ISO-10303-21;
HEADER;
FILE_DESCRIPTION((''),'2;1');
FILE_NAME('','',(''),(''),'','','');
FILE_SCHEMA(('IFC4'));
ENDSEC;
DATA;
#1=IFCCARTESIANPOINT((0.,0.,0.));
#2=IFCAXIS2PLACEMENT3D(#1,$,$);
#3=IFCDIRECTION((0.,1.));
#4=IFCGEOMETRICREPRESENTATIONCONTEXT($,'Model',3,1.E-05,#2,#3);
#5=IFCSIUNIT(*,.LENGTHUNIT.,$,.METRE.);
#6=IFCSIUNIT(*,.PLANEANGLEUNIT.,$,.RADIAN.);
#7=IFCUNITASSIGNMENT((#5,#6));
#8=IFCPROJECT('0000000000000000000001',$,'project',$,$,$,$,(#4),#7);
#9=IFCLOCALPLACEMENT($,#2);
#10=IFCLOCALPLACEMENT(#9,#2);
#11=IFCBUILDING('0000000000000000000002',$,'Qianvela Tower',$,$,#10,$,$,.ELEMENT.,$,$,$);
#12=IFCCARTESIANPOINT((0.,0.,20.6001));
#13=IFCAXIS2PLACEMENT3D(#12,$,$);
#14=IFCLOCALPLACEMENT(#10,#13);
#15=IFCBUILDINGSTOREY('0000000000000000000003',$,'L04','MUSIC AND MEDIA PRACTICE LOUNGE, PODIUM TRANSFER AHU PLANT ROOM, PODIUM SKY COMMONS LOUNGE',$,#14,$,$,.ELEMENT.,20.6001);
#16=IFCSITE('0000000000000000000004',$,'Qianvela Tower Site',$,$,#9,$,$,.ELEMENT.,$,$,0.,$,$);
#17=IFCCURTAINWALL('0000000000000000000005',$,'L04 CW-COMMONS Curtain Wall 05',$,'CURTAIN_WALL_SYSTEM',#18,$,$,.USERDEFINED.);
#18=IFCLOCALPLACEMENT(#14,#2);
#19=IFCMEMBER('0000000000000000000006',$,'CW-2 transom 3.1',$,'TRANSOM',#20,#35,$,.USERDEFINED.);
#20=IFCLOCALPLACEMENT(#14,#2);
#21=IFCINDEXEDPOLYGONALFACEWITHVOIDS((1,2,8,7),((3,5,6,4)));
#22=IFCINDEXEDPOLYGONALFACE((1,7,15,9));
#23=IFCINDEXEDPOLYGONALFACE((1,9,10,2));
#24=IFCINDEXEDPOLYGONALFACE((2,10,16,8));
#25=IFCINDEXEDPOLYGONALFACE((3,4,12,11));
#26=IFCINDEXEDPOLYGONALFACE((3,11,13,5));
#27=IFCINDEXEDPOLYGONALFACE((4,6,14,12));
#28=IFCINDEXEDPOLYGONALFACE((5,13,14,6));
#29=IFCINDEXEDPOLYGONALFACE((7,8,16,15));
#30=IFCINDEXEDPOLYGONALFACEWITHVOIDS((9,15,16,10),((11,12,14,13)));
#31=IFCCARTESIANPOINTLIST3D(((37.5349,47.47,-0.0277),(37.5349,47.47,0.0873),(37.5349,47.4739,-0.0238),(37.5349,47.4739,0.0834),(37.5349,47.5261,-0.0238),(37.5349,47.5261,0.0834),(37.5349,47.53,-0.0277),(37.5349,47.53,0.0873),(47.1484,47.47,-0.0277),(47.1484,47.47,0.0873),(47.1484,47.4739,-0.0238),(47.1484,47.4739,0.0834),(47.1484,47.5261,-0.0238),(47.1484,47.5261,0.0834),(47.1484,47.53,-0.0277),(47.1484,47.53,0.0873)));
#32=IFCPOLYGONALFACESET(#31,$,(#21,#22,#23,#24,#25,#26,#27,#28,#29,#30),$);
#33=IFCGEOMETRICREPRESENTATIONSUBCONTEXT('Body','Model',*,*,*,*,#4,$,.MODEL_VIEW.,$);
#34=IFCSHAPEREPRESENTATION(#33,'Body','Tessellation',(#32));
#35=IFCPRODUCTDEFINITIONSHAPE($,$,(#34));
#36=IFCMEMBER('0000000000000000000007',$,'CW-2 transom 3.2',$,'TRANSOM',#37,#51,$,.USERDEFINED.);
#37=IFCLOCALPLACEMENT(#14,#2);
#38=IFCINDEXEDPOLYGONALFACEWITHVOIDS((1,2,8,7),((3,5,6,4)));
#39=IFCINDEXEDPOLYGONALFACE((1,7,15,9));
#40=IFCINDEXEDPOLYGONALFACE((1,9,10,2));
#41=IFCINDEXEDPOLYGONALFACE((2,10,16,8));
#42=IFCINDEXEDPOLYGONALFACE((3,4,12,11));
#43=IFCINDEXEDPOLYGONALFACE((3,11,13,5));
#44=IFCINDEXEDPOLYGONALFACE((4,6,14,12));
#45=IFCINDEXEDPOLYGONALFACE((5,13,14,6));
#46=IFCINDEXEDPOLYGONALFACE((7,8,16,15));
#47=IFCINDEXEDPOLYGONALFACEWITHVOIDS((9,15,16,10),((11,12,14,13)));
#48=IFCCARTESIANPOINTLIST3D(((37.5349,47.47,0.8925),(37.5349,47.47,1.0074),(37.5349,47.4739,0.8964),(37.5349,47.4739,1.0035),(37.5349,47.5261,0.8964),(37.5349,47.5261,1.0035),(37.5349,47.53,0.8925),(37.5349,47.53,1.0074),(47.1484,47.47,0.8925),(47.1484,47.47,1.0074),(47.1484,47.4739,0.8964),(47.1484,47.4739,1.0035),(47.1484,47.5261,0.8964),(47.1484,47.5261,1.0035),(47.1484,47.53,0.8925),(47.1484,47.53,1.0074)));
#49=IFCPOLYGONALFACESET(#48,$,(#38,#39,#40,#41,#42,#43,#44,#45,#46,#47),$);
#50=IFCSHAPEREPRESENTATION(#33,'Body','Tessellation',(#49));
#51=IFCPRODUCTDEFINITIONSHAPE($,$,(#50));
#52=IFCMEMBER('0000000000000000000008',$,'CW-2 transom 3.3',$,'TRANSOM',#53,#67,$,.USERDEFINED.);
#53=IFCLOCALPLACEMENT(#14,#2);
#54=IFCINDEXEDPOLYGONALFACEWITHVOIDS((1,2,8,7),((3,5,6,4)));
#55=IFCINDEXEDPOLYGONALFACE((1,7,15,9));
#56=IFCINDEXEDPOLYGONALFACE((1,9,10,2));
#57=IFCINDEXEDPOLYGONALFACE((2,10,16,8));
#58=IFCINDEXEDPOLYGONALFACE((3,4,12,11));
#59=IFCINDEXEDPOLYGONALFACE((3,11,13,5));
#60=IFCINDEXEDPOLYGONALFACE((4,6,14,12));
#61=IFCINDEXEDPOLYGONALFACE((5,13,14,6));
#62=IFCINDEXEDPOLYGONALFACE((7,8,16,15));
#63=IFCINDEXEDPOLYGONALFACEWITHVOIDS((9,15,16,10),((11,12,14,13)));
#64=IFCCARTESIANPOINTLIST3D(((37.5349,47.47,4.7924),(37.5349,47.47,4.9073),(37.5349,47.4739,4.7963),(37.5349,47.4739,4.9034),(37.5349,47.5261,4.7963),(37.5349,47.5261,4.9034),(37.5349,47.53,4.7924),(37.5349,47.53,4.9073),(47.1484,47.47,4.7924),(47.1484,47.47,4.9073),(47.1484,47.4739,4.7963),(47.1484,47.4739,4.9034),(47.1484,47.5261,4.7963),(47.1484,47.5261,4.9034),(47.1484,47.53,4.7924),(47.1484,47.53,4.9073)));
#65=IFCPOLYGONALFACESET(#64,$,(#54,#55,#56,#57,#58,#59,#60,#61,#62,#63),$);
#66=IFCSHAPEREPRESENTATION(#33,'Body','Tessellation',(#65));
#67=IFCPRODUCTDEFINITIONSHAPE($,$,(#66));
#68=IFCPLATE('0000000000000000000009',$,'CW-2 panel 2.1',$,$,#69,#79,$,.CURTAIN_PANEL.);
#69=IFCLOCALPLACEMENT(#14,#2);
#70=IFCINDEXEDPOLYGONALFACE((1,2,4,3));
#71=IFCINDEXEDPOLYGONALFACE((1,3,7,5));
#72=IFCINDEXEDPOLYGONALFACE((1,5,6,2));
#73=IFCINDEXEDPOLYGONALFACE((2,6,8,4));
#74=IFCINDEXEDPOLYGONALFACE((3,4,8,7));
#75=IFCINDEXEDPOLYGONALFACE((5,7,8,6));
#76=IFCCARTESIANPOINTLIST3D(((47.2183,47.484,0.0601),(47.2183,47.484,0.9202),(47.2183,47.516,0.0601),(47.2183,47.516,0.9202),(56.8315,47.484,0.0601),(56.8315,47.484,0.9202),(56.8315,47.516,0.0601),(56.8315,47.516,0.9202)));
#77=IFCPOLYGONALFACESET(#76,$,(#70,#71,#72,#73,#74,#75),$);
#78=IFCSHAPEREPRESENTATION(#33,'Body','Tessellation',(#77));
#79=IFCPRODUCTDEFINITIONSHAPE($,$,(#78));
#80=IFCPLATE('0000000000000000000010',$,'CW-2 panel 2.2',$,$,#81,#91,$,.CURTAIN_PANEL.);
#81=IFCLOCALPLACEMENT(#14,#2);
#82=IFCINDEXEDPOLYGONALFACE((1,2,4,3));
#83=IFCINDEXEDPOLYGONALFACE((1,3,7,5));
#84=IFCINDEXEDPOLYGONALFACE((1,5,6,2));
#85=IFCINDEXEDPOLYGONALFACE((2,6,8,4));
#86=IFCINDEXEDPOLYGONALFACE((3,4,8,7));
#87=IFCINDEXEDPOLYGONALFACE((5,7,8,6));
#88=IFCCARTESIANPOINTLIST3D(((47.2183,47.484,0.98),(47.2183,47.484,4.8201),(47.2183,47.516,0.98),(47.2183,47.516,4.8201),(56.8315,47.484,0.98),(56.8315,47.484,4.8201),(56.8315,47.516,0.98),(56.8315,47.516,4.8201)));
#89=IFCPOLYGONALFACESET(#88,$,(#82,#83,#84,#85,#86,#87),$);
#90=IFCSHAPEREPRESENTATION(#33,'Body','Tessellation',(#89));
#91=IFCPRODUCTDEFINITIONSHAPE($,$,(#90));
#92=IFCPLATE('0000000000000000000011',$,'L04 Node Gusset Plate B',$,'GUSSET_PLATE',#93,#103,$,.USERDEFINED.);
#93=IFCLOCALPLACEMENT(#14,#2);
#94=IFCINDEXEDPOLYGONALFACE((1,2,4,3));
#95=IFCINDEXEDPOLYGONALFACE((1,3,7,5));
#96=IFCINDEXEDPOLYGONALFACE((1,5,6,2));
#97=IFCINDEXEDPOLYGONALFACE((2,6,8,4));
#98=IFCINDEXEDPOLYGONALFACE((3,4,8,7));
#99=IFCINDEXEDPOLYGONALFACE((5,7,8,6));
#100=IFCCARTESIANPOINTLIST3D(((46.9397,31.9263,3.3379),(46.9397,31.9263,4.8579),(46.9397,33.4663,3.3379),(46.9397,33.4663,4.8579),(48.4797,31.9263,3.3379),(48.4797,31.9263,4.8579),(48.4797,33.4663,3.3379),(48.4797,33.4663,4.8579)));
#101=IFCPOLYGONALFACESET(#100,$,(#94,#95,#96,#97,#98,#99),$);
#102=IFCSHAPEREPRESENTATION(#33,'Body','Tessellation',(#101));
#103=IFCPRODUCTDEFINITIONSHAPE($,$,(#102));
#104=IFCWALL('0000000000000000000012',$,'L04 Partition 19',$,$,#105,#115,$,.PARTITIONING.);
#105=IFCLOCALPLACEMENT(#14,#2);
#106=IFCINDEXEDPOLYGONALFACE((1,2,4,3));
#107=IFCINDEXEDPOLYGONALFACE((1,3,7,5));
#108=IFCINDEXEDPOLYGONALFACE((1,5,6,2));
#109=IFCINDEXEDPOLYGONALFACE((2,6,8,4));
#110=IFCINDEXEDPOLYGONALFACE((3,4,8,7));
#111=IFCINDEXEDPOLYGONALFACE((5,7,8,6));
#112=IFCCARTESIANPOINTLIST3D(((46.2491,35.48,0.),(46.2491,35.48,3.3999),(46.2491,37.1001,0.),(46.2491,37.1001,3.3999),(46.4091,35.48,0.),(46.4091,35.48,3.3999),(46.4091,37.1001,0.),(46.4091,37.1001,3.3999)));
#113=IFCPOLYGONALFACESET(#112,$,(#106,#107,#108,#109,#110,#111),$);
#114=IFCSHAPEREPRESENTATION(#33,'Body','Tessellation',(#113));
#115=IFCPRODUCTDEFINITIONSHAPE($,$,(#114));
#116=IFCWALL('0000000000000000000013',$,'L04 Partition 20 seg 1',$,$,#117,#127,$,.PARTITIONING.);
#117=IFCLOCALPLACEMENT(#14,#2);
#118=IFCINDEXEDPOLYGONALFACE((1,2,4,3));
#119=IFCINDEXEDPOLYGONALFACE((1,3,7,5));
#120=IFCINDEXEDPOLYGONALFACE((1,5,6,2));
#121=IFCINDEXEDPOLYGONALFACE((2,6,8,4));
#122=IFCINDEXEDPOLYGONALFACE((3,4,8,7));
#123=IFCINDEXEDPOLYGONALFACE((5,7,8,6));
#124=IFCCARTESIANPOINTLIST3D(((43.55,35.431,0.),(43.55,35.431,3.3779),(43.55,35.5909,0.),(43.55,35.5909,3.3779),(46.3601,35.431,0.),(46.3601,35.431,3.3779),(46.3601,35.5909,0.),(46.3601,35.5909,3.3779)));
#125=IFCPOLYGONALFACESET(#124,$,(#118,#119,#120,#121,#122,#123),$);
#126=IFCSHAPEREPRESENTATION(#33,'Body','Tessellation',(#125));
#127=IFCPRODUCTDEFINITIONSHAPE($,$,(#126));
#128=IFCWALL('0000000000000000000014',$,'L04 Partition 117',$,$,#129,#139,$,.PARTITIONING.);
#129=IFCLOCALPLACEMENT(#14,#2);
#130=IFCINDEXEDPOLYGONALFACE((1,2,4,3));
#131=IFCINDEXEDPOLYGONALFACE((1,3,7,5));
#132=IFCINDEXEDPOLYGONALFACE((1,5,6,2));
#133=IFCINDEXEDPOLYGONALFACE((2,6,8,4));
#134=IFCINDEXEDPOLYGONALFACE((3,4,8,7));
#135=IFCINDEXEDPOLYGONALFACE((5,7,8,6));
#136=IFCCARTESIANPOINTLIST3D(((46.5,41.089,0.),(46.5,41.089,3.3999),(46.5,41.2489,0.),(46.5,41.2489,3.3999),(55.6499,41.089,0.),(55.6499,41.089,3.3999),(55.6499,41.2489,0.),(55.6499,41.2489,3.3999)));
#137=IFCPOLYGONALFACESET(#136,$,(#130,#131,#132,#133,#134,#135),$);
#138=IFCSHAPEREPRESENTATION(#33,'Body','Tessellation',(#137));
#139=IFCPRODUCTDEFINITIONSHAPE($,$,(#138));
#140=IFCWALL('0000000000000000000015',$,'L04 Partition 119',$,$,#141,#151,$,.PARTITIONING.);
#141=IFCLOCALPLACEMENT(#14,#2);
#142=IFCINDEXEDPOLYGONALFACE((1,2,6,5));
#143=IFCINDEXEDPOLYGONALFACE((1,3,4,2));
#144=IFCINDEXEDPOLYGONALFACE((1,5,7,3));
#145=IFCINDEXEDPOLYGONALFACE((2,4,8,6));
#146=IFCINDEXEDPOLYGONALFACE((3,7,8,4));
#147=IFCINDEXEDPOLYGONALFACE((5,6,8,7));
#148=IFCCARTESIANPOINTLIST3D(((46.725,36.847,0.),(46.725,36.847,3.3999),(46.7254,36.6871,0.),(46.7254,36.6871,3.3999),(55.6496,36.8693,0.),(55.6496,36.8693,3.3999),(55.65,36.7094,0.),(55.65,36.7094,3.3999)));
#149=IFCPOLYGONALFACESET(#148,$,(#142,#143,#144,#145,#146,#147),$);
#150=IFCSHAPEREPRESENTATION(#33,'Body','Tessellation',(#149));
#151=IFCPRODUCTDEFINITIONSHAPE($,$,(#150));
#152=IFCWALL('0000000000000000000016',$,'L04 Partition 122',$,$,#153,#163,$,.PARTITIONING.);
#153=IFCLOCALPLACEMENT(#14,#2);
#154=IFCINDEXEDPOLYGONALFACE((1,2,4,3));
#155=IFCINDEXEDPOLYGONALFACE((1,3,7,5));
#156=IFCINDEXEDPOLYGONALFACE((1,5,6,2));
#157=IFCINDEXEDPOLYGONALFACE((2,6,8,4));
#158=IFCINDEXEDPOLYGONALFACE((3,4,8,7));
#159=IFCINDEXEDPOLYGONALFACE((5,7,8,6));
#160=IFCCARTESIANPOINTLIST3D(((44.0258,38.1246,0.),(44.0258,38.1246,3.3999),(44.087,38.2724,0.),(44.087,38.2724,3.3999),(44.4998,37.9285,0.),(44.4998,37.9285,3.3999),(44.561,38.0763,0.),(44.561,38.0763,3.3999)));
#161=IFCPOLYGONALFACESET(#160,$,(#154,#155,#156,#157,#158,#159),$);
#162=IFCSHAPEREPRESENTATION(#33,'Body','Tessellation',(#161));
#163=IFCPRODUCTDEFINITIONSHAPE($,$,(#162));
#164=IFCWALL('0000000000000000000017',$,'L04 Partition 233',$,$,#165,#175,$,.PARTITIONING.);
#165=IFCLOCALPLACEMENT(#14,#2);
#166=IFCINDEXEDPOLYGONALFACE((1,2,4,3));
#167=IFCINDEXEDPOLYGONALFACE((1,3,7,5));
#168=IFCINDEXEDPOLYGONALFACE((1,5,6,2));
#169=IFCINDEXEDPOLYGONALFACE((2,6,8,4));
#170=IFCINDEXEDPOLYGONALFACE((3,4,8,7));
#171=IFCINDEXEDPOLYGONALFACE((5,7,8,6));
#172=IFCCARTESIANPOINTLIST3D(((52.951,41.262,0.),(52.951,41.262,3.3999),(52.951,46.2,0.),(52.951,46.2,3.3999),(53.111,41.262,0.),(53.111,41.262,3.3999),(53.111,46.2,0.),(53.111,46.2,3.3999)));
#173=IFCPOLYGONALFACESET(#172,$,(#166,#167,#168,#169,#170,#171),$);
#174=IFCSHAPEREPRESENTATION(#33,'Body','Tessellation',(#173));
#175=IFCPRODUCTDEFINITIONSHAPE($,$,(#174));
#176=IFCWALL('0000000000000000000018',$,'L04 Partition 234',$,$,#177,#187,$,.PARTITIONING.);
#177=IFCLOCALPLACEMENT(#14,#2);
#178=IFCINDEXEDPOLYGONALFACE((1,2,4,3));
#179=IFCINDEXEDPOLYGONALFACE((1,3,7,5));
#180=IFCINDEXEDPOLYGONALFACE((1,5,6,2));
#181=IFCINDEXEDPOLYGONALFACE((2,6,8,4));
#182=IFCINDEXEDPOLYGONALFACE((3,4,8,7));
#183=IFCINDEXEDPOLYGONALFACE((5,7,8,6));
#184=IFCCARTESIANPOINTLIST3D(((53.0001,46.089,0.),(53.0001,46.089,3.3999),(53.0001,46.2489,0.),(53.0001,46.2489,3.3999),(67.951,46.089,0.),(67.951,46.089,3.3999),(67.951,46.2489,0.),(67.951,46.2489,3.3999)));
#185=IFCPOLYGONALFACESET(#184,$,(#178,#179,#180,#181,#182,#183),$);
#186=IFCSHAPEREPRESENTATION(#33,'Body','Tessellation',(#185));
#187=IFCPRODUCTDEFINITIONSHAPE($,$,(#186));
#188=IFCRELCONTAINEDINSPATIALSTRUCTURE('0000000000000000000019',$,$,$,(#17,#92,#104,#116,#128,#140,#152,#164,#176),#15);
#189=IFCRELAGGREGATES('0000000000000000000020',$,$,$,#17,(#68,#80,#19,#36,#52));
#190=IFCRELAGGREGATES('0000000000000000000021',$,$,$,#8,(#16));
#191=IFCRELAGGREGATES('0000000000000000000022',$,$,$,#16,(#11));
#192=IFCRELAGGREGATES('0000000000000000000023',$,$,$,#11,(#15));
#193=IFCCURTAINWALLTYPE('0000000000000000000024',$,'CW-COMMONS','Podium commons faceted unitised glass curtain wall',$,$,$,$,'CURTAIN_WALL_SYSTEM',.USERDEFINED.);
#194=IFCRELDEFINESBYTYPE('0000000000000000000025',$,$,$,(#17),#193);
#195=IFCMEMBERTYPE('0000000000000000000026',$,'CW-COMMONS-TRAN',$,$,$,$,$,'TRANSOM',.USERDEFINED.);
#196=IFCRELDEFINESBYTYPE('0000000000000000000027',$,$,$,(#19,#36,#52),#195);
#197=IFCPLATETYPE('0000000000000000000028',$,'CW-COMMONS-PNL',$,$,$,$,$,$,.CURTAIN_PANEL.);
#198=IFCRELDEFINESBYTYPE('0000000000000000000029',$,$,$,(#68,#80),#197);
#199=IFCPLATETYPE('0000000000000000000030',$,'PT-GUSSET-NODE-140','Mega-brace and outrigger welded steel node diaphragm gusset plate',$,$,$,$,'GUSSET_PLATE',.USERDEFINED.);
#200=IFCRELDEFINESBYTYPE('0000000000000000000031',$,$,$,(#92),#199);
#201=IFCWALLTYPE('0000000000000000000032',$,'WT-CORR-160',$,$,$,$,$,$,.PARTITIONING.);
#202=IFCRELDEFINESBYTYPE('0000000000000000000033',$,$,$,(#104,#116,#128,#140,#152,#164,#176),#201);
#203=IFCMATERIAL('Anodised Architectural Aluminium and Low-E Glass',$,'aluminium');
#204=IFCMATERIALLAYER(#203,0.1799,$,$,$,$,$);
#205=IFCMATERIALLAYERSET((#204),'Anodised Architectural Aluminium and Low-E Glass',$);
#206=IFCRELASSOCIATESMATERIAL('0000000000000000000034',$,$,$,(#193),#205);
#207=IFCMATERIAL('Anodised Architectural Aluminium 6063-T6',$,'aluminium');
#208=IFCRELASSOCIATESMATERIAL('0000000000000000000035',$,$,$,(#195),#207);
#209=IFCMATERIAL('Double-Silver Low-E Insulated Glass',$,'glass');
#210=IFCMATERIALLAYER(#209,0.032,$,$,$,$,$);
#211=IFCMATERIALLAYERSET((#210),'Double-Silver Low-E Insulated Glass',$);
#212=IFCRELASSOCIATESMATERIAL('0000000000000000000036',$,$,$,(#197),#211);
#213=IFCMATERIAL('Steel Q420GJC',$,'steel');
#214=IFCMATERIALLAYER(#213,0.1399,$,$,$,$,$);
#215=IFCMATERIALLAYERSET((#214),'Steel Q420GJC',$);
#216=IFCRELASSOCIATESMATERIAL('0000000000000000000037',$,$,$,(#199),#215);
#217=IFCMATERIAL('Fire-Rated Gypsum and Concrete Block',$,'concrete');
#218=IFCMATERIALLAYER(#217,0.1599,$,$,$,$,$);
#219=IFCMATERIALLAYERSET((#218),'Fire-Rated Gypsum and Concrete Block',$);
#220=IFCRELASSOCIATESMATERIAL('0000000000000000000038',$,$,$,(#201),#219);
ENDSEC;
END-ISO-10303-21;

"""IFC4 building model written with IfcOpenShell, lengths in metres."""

from ifc_helpers import new_model, si_unit, direction, frame, frame_2d, origin, origin_2d, place, context, subcontext, project, spatial, rectangle, hollow_rectangle, extrude, material, layer, layer_set, material_profile, profile_set, type_object, element, aggregate, save


model = new_model("IFC4")

# Units and contexts
model_context = context("Model", 3, precision=1e-05, world=origin(), true_north=direction((0.0, 1.0)))
body_context = subcontext(model_context, "Body", "Model", "MODEL_VIEW")
ifc_project = project(units=[si_unit("LENGTHUNIT", "METRE"), si_unit("PLANEANGLEUNIT", "RADIAN")], contexts=[model_context])

# Site, building, storey
site_placement = place(None, origin())
site = spatial("IfcSite", under=ifc_project, at=site_placement, Name="Qianvela Tower Site", CompositionType="ELEMENT", RefElevation=0.0)
building_placement = place(site_placement, origin())
building = spatial("IfcBuilding", under=site, at=building_placement, Name="Qianvela Tower", CompositionType="ELEMENT")
storey_placement = place(building_placement, frame((0.0, 0.0, 20.6001)))
storey = spatial("IfcBuildingStorey", under=building, at=storey_placement, Name="L04", Description="MUSIC AND MEDIA PRACTICE LOUNGE, PODIUM TRANSFER AHU PLANT ROOM, PODIUM SKY COMMONS LOUNGE", CompositionType="ELEMENT", Elevation=20.6001)

# Curtain wall, members, plates
ifc_material_1 = material(Name="Anodised Architectural Aluminium and Low-E Glass", Category="aluminium")
ifc_layer_1 = layer(ifc_material_1, 0.1799)
ifc_layer_set_1 = layer_set([ifc_layer_1], Name="Anodised Architectural Aluminium and Low-E Glass")
curtain_wall_type = type_object("IfcCurtainWallType", Name="CW-COMMONS", Description="Podium commons faceted unitised glass curtain wall", ElementType="CURTAIN_WALL_SYSTEM", PredefinedType="USERDEFINED", material=ifc_layer_set_1)
curtain_wall_placement = place(storey_placement, origin())
curtain_wall = element("IfcCurtainWall", 1, at=curtain_wall_placement, inside=storey, type_object=curtain_wall_type, Name="L04 CW-COMMONS Curtain Wall 05", ObjectType="CURTAIN_WALL_SYSTEM", PredefinedType="USERDEFINED")
ifc_material_2 = material(Name="Anodised Architectural Aluminium 6063-T6", Category="aluminium")
ifc_material_profile_1 = material_profile(ifc_material_2, hollow_rectangle(XDim=0.0601, YDim=0.115, WallThickness=0.0039, at=origin_2d()), Name="ALU-TRAN-60x115")
ifc_profile_set_1 = profile_set([ifc_material_profile_1], Name="Anodised Architectural Aluminium 6063-T6")
member_type_1 = type_object("IfcMemberType", Name="CW-COMMONS-TRAN", ElementType="TRANSOM", PredefinedType="USERDEFINED", material=ifc_profile_set_1)
member_1_placement = place(storey_placement, frame((47.1484, 47.5, 0.0298), z_axis=(-1.0, 0.0, 0.0), x_axis=(0.0, -1.0, 0.0)))
member_1 = element("IfcMember", 2, at=member_1_placement, type_object=member_type_1, Name="CW-2 transom 3.1", ObjectType="TRANSOM", PredefinedType="USERDEFINED", context=body_context, shape_type="SweptSolid", body=[
    extrude(hollow_rectangle(XDim=0.0601, YDim=0.115, WallThickness=0.0039, at=origin_2d()), origin(), (0.0, 0.0, 1.0), 9.6135),
])
member_2_placement = place(storey_placement, frame((47.1484, 47.5, 0.95), z_axis=(-1.0, 0.0, 0.0), x_axis=(0.0, -1.0, 0.0)))
member_2 = element("IfcMember", 3, at=member_2_placement, type_object=member_type_1, Name="CW-2 transom 3.2", ObjectType="TRANSOM", PredefinedType="USERDEFINED", context=body_context, shape_type="SweptSolid", body=[
    extrude(hollow_rectangle(XDim=0.0601, YDim=0.115, WallThickness=0.0039, at=origin_2d()), origin(), (0.0, 0.0, 1.0), 9.6135),
])
member_3_placement = place(storey_placement, frame((47.1484, 47.5, 4.8499), z_axis=(-1.0, 0.0, 0.0), x_axis=(0.0, -1.0, 0.0)))
member_3 = element("IfcMember", 4, at=member_3_placement, type_object=member_type_1, Name="CW-2 transom 3.3", ObjectType="TRANSOM", PredefinedType="USERDEFINED", context=body_context, shape_type="SweptSolid", body=[
    extrude(hollow_rectangle(XDim=0.0601, YDim=0.115, WallThickness=0.0039, at=origin_2d()), origin(), (0.0, 0.0, 1.0), 9.6135),
])
ifc_material_3 = material(Name="Double-Silver Low-E Insulated Glass", Category="glass")
ifc_layer_2 = layer(ifc_material_3, 0.032)
ifc_layer_set_2 = layer_set([ifc_layer_2], Name="Double-Silver Low-E Insulated Glass")
plate_type_1 = type_object("IfcPlateType", Name="CW-COMMONS-PNL", PredefinedType="CURTAIN_PANEL", material=ifc_layer_set_2)
plate_1_placement = place(storey_placement, frame((52.0249, 47.5, 0.0601), z_axis=(0.0, 0.0, 1.0), x_axis=(-1.0, 0.0, 0.0)))
plate_1 = element("IfcPlate", 5, at=plate_1_placement, type_object=plate_type_1, Name="CW-2 panel 2.1", PredefinedType="CURTAIN_PANEL", context=body_context, shape_type="SweptSolid", body=[
    extrude(rectangle(XDim=9.6133, YDim=0.032, at=origin_2d()), origin(), (0.0, 0.0, 1.0), 0.8601),
])
plate_2_placement = place(storey_placement, frame((52.0249, 47.5, 0.98), z_axis=(0.0, 0.0, 1.0), x_axis=(-1.0, 0.0, 0.0)))
plate_2 = element("IfcPlate", 6, at=plate_2_placement, type_object=plate_type_1, Name="CW-2 panel 2.2", PredefinedType="CURTAIN_PANEL", context=body_context, shape_type="SweptSolid", body=[
    extrude(rectangle(XDim=9.6133, YDim=0.032, at=origin_2d()), origin(), (0.0, 0.0, 1.0), 3.8401),
])
aggregate(curtain_wall, [plate_1, plate_2, member_1, member_2, member_3])

# Plate
ifc_material_4 = material(Name="Steel Q420GJC", Category="steel")
ifc_layer_3 = layer(ifc_material_4, 0.1399)
ifc_layer_set_3 = layer_set([ifc_layer_3], Name="Steel Q420GJC")
plate_type_2 = type_object("IfcPlateType", Name="PT-GUSSET-NODE-140", Description="Mega-brace and outrigger welded steel node diaphragm gusset plate", ElementType="GUSSET_PLATE", PredefinedType="USERDEFINED", material=ifc_layer_set_3)
plate_3_placement = place(storey_placement, frame((47.7097, 32.6963, 3.3379), z_axis=(0.0, 0.0, 1.0), x_axis=(1.0, 0.0, 0.0)))
element("IfcPlate", 7, at=plate_3_placement, inside=storey, type_object=plate_type_2, Name="L04 Node Gusset Plate B", ObjectType="GUSSET_PLATE", PredefinedType="USERDEFINED", context=body_context, shape_type="SweptSolid", body=[
    extrude(rectangle(XDim=1.54, YDim=1.54, at=origin_2d()), origin(), (0.0, 0.0, 1.0), 1.52),
])

# Walls
ifc_material_5 = material(Name="Fire-Rated Gypsum and Concrete Block", Category="concrete")
ifc_layer_4 = layer(ifc_material_5, 0.1599)
ifc_layer_set_4 = layer_set([ifc_layer_4], Name="Fire-Rated Gypsum and Concrete Block")
wall_type_1 = type_object("IfcWallType", Name="WT-CORR-160", PredefinedType="PARTITIONING", material=ifc_layer_set_4)
wall_1_placement = place(storey_placement, frame((46.3291, 37.1001, 0.0), z_axis=(0.0, 0.0, 1.0), x_axis=(0.0, -1.0, 0.0)))
element("IfcWall", 8, at=wall_1_placement, inside=storey, type_object=wall_type_1, Name="L04 Partition 19", PredefinedType="PARTITIONING", context=body_context, shape_type="SweptSolid", body=[
    extrude(rectangle(XDim=1.6201, YDim=0.1599, at=frame_2d((0.8101, 0.0))), origin(), (0.0, 0.0, 1.0), 3.3999),
])
wall_2_placement = place(storey_placement, frame((46.3601, 35.511, 0.0), z_axis=(0.0, 0.0, 1.0), x_axis=(-1.0, 0.0, 0.0)))
element("IfcWall", 9, at=wall_2_placement, inside=storey, type_object=wall_type_1, Name="L04 Partition 20 seg 1", PredefinedType="PARTITIONING", context=body_context, shape_type="SweptSolid", body=[
    extrude(rectangle(XDim=2.8101, YDim=0.1599, at=frame_2d((1.405, 0.0))), origin(), (0.0, 0.0, 1.0), 3.3779),
])
wall_3_placement = place(storey_placement, frame((46.5, 41.1689, 0.0), z_axis=(0.0, 0.0, 1.0), x_axis=(1.0, 0.0, 0.0)))
element("IfcWall", 10, at=wall_3_placement, inside=storey, type_object=wall_type_1, Name="L04 Partition 117", PredefinedType="PARTITIONING", context=body_context, shape_type="SweptSolid", body=[
    extrude(rectangle(XDim=9.1499, YDim=0.1599, at=frame_2d((4.575, 0.0))), origin(), (0.0, 0.0, 1.0), 3.3999),
])

# Walls
wall_4_placement = place(storey_placement, frame((55.6499, 36.7893, 0.0), z_axis=(0.0, 0.0, 1.0), x_axis=(-0.999997, -0.002489, 0.0)))
element("IfcWall", 11, at=wall_4_placement, inside=storey, type_object=wall_type_1, Name="L04 Partition 119", PredefinedType="PARTITIONING", context=body_context, shape_type="SweptSolid", body=[
    extrude(rectangle(XDim=8.9246, YDim=0.1599, at=frame_2d((4.4624, 0.0))), origin(), (0.0, 0.0, 1.0), 3.3999),
])
wall_5_placement = place(storey_placement, frame((44.5303, 38.0024, 0.0), z_axis=(0.0, 0.0, 1.0), x_axis=(-0.924046, 0.382282, 0.0)))
element("IfcWall", 12, at=wall_5_placement, inside=storey, type_object=wall_type_1, Name="L04 Partition 122", PredefinedType="PARTITIONING", context=body_context, shape_type="SweptSolid", body=[
    extrude(rectangle(XDim=0.5129, YDim=0.1599, at=frame_2d((0.2563, 0.0))), origin(), (0.0, 0.0, 1.0), 3.3999),
])
wall_6_placement = place(storey_placement, frame((53.031, 41.262, 0.0), z_axis=(0.0, 0.0, 1.0), x_axis=(0.0, 1.0, 0.0)))
element("IfcWall", 13, at=wall_6_placement, inside=storey, type_object=wall_type_1, Name="L04 Partition 233", PredefinedType="PARTITIONING", context=body_context, shape_type="SweptSolid", body=[
    extrude(rectangle(XDim=4.938, YDim=0.1599, at=frame_2d((2.469, 0.0))), origin(), (0.0, 0.0, 1.0), 3.3999),
])
wall_7_placement = place(storey_placement, frame((53.0, 46.1689, 0.0), z_axis=(0.0, 0.0, 1.0), x_axis=(1.0, 0.0, 0.0)))
element("IfcWall", 14, at=wall_7_placement, inside=storey, type_object=wall_type_1, Name="L04 Partition 234", PredefinedType="PARTITIONING", context=body_context, shape_type="SweptSolid", body=[
    extrude(rectangle(XDim=14.9509, YDim=0.1599, at=frame_2d((7.4756, 0.0))), origin(), (0.0, 0.0, 1.0), 3.3999),
])

save(model, "model.ifc")
